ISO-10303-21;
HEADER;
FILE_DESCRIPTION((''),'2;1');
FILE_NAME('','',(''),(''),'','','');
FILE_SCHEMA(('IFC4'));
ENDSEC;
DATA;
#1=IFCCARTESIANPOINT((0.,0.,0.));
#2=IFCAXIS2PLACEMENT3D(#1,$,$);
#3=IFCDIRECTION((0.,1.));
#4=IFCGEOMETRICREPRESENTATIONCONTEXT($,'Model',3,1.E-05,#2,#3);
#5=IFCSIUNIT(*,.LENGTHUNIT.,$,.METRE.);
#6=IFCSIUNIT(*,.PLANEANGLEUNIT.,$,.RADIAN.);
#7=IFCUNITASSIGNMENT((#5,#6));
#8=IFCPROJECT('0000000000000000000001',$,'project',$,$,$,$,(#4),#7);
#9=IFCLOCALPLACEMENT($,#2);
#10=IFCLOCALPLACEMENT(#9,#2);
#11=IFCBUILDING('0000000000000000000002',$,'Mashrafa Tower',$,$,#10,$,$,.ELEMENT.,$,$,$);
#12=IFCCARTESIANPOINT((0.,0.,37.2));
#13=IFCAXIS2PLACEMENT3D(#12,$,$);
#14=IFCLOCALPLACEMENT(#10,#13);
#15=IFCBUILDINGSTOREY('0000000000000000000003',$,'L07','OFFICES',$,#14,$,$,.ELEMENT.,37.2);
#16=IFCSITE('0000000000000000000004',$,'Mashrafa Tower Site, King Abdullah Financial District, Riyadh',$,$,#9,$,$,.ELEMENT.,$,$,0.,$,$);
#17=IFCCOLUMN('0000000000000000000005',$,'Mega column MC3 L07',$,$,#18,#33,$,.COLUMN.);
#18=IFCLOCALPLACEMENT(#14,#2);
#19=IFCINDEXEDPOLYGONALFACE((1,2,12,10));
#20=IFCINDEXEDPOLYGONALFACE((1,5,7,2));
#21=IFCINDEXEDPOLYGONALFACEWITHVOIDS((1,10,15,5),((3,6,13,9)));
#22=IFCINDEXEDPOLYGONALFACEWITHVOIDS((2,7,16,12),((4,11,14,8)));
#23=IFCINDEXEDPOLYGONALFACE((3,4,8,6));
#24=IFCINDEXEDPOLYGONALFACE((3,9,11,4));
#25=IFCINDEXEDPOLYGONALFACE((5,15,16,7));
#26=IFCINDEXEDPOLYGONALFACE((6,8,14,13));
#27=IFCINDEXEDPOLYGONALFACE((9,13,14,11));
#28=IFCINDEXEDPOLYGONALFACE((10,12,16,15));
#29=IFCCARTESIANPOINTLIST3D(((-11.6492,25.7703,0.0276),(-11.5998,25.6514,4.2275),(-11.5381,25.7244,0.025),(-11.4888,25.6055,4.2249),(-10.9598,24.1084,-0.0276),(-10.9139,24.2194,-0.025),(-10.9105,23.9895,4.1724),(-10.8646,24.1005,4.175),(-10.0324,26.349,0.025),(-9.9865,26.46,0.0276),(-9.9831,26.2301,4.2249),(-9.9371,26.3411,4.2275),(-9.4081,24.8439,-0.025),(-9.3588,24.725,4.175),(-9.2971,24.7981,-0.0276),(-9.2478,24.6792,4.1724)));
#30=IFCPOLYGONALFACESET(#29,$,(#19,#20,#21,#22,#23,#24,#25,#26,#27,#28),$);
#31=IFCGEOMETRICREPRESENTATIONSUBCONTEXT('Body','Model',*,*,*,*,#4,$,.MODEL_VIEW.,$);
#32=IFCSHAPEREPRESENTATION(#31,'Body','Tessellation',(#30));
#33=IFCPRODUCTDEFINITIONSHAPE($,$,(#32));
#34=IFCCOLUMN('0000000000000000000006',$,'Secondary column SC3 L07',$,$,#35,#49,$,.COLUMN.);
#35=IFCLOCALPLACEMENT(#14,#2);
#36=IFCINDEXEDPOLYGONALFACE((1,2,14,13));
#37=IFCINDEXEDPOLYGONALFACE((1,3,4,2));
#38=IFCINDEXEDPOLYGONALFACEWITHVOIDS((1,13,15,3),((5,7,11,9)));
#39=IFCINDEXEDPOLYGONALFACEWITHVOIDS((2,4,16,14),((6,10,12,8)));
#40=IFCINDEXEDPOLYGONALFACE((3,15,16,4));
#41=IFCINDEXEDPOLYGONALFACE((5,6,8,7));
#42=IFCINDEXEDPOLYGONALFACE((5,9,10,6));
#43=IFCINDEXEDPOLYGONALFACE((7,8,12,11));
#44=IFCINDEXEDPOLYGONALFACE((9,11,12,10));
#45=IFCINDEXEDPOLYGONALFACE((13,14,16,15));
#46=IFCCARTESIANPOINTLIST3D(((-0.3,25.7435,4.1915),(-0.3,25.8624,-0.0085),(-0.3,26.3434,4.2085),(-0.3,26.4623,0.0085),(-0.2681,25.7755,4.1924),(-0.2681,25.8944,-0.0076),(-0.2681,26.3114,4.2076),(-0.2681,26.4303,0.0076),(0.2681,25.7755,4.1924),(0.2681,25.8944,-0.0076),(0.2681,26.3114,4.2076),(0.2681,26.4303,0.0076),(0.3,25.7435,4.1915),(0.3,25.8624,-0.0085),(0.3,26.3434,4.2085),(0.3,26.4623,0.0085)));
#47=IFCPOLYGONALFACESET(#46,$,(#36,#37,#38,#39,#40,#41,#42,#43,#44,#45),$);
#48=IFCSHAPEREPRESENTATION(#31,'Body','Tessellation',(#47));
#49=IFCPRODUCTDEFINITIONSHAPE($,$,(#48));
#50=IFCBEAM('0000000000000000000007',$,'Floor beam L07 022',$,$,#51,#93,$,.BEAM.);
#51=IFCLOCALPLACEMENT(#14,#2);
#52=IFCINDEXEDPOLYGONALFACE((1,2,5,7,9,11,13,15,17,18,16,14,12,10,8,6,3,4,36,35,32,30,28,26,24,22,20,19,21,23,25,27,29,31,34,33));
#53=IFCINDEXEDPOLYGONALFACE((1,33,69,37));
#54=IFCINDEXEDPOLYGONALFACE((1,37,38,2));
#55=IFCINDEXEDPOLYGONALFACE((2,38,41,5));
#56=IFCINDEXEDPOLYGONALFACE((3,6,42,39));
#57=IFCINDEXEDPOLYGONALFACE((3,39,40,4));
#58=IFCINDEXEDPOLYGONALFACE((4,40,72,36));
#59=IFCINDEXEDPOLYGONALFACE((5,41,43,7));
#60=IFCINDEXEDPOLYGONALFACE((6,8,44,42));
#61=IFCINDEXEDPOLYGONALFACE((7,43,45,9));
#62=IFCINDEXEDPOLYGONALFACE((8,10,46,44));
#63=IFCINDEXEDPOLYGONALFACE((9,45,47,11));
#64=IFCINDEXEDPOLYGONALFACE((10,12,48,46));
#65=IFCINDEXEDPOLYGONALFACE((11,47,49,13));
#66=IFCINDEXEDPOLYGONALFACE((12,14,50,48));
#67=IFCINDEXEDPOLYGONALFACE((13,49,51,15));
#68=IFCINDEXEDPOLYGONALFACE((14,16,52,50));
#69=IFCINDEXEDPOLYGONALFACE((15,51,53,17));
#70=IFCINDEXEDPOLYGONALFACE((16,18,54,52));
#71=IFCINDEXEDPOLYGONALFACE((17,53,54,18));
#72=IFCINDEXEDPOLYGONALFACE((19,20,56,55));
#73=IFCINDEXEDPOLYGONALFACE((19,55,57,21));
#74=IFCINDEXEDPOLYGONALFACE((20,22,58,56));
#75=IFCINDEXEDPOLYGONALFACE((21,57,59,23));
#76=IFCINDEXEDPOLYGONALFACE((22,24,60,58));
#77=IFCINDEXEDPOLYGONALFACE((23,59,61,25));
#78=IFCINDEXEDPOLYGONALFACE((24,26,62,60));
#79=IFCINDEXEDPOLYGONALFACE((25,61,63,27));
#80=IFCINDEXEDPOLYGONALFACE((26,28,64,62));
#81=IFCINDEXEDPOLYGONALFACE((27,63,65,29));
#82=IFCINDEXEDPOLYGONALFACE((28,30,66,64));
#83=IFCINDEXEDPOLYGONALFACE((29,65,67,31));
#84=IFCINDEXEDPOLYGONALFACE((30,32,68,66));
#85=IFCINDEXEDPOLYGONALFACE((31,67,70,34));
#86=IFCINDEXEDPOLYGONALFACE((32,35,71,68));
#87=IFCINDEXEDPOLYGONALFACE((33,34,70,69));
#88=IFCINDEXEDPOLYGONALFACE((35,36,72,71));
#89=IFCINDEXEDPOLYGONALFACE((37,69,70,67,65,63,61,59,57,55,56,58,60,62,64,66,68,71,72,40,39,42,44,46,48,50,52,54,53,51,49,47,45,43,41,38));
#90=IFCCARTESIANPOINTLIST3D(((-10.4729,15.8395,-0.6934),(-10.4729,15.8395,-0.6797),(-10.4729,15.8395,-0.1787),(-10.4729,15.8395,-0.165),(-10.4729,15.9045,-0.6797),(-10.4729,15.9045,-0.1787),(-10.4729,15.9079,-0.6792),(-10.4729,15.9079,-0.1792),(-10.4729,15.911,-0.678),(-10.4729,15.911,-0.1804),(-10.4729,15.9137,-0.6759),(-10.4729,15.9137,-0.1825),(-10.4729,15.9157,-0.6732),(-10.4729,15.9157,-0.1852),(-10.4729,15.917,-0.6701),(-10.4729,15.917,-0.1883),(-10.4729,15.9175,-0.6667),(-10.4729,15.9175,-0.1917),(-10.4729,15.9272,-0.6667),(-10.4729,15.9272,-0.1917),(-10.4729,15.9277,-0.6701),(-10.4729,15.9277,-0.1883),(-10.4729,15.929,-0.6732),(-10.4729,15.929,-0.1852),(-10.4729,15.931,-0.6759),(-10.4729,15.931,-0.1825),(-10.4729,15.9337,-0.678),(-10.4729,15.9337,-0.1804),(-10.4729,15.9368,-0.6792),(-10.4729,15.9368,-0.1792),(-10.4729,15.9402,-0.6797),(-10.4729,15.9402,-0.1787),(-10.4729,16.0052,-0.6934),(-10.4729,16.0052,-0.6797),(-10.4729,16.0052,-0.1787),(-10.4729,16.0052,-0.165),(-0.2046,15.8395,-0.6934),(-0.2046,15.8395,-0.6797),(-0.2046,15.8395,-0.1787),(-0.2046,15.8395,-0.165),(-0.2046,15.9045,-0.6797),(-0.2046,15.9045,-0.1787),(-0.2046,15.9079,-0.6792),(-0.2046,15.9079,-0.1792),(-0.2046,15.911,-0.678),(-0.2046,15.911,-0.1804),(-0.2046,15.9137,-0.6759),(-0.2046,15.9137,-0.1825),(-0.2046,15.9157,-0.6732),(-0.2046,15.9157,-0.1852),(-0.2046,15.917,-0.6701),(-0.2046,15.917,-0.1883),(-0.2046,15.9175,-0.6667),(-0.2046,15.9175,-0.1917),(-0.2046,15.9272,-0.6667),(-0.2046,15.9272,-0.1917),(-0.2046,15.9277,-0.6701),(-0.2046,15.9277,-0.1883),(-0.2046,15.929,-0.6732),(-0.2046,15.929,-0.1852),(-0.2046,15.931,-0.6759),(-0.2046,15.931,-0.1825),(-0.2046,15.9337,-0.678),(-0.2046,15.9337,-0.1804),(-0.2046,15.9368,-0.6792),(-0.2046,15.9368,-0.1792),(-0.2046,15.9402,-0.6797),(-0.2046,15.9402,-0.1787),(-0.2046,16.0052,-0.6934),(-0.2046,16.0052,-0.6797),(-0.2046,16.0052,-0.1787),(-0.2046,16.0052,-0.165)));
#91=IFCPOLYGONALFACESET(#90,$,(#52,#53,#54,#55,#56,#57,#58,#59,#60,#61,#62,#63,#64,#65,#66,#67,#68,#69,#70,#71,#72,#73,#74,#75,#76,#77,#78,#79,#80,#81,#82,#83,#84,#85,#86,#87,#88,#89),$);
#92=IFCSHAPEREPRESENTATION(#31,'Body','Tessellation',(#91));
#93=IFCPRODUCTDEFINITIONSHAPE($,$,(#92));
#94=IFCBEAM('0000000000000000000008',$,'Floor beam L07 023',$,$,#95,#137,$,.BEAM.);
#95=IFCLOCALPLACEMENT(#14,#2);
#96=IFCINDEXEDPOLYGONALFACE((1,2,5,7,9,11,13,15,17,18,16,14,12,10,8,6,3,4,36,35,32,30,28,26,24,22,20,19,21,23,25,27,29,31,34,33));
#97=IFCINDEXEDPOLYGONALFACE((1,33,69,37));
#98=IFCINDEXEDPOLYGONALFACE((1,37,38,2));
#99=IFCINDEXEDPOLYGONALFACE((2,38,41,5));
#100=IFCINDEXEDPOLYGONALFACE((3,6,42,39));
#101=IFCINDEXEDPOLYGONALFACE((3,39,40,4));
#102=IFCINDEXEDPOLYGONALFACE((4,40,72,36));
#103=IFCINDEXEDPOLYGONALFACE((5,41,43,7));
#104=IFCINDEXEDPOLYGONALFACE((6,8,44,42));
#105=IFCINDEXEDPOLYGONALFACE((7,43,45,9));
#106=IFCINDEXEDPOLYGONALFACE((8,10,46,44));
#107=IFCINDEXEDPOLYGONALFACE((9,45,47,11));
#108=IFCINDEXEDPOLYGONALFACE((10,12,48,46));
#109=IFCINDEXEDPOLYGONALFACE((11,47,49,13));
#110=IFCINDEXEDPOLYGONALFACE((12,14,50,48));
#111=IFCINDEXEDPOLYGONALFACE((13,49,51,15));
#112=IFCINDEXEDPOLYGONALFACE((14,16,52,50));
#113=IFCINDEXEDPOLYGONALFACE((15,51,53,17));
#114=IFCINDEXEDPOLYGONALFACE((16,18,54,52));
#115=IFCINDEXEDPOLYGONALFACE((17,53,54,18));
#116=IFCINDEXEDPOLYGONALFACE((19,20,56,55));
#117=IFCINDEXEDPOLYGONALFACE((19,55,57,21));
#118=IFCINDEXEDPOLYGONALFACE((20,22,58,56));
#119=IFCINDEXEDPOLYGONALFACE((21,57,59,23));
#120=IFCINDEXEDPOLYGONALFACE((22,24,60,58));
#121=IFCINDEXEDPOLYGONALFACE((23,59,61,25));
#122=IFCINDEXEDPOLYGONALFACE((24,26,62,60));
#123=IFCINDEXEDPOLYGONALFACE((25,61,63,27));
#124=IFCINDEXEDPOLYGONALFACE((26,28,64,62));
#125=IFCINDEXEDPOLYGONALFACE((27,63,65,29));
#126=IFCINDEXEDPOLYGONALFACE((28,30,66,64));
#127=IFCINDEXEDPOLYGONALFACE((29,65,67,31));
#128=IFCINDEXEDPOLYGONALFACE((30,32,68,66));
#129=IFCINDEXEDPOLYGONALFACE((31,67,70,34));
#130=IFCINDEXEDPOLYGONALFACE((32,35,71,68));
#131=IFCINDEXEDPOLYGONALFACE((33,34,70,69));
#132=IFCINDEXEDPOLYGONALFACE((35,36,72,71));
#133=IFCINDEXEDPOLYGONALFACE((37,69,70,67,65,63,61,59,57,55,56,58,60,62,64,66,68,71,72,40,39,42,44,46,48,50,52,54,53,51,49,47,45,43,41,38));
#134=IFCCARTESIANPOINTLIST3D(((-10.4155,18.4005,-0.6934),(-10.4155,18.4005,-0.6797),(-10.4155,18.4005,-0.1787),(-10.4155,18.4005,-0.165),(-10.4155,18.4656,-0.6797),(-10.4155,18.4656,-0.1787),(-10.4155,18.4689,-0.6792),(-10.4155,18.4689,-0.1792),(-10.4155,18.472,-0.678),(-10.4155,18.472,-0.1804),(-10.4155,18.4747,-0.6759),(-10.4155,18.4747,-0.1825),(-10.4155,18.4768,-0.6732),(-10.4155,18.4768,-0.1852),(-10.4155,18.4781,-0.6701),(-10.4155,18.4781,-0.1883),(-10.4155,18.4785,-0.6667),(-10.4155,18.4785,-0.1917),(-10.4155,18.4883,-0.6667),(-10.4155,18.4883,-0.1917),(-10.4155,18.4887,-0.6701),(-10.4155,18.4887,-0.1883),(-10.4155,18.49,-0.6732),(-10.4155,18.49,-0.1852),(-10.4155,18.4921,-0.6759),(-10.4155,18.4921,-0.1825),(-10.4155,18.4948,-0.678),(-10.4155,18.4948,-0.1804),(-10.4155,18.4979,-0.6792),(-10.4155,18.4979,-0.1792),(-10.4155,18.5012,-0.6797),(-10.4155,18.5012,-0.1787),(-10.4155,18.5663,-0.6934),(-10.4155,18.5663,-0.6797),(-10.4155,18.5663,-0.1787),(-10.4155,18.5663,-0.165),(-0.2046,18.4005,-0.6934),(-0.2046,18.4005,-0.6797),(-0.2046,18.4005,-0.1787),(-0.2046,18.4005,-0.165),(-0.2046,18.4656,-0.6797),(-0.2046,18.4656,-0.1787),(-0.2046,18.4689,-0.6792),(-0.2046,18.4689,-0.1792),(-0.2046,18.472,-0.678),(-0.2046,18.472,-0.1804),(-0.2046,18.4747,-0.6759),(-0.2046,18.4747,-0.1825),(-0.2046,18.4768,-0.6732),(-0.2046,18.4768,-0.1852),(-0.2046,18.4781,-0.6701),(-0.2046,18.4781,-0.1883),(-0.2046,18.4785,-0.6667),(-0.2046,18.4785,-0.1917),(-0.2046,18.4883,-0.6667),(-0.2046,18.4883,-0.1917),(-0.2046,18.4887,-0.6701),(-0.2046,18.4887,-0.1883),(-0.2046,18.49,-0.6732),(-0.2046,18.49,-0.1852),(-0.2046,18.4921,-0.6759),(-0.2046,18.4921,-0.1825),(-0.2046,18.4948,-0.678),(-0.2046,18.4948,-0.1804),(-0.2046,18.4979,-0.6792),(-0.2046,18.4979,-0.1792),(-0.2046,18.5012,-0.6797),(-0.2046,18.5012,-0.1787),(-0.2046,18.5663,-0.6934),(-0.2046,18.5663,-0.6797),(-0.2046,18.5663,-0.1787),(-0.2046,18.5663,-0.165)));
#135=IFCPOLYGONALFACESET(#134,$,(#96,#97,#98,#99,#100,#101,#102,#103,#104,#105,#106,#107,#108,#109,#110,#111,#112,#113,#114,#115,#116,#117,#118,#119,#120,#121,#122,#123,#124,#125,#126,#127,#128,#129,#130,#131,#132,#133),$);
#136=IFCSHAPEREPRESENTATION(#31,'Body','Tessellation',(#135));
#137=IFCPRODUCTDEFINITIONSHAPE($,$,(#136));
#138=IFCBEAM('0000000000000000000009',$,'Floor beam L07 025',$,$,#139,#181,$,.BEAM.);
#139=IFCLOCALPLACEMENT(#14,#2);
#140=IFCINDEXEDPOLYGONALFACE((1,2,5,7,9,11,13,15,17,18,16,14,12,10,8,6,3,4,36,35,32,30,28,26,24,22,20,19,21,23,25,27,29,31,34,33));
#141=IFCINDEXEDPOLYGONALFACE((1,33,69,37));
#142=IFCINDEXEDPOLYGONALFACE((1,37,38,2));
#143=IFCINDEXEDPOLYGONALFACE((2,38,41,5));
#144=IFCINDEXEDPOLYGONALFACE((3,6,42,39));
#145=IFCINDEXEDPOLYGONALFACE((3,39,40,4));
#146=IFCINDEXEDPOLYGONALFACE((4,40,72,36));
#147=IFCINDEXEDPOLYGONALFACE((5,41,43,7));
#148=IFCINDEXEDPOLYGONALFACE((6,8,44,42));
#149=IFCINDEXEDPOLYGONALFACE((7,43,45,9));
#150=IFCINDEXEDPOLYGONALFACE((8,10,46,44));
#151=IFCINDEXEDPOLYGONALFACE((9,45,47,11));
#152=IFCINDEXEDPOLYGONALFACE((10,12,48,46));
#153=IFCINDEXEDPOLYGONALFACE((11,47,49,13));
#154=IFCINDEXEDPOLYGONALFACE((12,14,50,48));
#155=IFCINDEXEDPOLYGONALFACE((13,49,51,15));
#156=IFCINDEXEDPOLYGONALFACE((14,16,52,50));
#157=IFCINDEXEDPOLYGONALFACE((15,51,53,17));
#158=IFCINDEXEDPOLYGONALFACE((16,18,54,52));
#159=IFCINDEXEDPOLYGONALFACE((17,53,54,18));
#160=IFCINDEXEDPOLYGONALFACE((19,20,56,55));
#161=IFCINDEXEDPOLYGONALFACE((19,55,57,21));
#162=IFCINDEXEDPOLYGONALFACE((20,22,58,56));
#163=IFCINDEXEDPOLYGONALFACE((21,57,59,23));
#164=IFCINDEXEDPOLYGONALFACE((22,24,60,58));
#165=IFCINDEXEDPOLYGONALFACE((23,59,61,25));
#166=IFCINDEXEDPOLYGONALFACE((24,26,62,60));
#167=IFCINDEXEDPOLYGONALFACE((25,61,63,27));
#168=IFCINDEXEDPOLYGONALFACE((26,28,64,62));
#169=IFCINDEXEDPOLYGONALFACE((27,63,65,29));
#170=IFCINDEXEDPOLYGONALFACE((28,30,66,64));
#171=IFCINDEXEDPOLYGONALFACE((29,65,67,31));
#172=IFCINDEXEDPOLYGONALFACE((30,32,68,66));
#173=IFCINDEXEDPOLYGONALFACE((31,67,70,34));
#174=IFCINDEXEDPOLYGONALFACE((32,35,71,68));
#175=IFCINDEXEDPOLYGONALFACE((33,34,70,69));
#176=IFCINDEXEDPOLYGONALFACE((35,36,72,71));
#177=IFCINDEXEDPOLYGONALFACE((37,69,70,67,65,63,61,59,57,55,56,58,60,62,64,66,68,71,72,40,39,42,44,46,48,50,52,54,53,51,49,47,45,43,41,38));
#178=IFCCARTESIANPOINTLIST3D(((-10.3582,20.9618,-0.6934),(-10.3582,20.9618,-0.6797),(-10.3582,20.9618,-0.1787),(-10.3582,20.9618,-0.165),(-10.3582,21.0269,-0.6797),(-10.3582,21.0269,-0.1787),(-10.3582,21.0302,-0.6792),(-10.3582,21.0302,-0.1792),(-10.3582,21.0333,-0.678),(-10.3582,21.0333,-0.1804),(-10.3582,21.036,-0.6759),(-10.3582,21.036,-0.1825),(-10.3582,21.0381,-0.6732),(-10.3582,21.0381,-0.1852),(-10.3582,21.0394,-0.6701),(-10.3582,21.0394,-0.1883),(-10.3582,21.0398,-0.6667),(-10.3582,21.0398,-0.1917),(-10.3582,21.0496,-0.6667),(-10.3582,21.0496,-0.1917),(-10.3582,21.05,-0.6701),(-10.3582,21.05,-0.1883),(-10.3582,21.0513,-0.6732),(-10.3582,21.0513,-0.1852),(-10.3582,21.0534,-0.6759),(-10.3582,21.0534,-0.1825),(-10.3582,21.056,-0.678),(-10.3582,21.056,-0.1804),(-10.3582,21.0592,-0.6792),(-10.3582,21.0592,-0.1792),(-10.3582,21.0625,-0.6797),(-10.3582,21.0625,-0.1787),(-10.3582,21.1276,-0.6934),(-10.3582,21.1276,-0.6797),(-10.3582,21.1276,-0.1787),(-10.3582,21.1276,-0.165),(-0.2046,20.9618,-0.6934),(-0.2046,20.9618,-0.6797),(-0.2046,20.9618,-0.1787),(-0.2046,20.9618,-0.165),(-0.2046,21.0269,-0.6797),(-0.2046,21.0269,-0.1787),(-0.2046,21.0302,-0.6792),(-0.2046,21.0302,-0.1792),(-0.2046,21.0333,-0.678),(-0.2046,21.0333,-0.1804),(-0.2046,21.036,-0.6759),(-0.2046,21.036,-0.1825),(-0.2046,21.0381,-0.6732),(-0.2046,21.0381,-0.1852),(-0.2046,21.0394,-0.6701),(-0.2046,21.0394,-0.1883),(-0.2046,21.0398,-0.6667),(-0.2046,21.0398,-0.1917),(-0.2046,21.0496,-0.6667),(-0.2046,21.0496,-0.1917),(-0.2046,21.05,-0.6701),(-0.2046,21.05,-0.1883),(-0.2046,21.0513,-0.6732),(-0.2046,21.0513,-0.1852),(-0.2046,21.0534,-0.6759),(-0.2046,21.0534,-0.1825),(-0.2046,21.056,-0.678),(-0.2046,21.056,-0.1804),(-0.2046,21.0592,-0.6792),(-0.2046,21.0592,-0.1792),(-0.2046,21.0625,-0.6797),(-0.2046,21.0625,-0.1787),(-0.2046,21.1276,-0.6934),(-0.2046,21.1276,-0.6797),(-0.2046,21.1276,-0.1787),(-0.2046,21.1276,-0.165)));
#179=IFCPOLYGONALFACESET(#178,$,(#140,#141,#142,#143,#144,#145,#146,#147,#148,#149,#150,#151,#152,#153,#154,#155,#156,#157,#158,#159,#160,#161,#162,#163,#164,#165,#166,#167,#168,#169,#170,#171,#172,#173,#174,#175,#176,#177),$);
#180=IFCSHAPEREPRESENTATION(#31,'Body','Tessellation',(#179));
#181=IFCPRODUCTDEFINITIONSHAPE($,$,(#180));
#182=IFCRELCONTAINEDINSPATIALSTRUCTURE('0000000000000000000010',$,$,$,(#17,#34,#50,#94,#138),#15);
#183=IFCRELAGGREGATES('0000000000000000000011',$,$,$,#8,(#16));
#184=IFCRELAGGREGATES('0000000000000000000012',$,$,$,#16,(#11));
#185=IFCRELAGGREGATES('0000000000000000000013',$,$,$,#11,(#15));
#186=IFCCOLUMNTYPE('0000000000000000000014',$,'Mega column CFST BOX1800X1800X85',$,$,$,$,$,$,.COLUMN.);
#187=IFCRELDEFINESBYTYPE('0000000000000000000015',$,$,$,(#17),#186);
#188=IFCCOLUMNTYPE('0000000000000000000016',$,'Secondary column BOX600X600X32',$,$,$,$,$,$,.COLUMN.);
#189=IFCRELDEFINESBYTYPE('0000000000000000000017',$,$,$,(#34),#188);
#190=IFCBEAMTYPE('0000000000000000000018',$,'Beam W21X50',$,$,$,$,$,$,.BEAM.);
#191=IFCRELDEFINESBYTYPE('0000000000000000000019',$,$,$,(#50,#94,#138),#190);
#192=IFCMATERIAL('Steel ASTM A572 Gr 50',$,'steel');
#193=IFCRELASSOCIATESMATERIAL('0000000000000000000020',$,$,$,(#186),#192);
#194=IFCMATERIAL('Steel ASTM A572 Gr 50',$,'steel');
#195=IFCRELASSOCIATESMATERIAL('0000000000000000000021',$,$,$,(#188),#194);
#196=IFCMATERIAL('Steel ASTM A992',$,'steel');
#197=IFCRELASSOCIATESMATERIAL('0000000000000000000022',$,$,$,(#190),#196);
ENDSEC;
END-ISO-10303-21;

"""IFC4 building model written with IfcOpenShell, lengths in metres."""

from ifc_helpers import new_model, si_unit, direction, frame, origin, origin_2d, place, context, subcontext, project, spatial, hollow_rectangle, i_section, extrude, material, material_profile, profile_set, type_object, element, save


model = new_model("IFC4")

# Units and contexts
model_context = context("Model", 3, precision=1e-05, world=origin(), true_north=direction((0.0, 1.0)))
body_context = subcontext(model_context, "Body", "Model", "MODEL_VIEW")
ifc_project = project(units=[si_unit("LENGTHUNIT", "METRE"), si_unit("PLANEANGLEUNIT", "RADIAN")], contexts=[model_context])

# Site, building, storey
site_placement = place(None, origin())
site = spatial("IfcSite", under=ifc_project, at=site_placement, Name="Mashrafa Tower Site, King Abdullah Financial District, Riyadh", CompositionType="ELEMENT", RefElevation=0.0)
building_placement = place(site_placement, origin())
building = spatial("IfcBuilding", under=site, at=building_placement, Name="Mashrafa Tower", CompositionType="ELEMENT")
storey_placement = place(building_placement, frame((0.0, 0.0, 37.2)))
storey = spatial("IfcBuildingStorey", under=building, at=storey_placement, Name="L07", Description="OFFICES", CompositionType="ELEMENT", Elevation=37.2)

# Columns
ifc_material_1 = material(Name="Steel ASTM A572 Gr 50", Category="steel")
ifc_material_profile_1 = material_profile(ifc_material_1, hollow_rectangle(XDim=1.8, YDim=1.8, WallThickness=0.085, at=origin_2d()), Name="BOX1800X1800X85")
ifc_profile_set_1 = profile_set([ifc_material_profile_1], Name="Steel ASTM A572 Gr 50")
column_type_1 = type_object("IfcColumnType", Name="Mega column CFST BOX1800X1800X85", PredefinedType="COLUMN", material=ifc_profile_set_1)
column_1_placement = place(storey_placement, frame((-10.4731, 25.2842, 0.0), z_axis=(0.011737, -0.028296, 0.999531), x_axis=(0.923693, 0.383133, 0.0)))
element("IfcColumn", 1, at=column_1_placement, inside=storey, type_object=column_type_1, Name="Mega column MC3 L07", PredefinedType="COLUMN", context=body_context, shape_type="SweptSolid", body=[
    extrude(hollow_rectangle(XDim=1.8, YDim=1.8, WallThickness=0.085, at=origin_2d()), origin(), (0.0, 0.0, 1.0), 4.2019),
])
ifc_material_2 = material(Name="Steel ASTM A572 Gr 50", Category="steel")
ifc_material_profile_2 = material_profile(ifc_material_2, hollow_rectangle(XDim=0.6001, YDim=0.6001, WallThickness=0.032, at=origin_2d()), Name="BOX600X600X32")
ifc_profile_set_2 = profile_set([ifc_material_profile_2], Name="Steel ASTM A572 Gr 50")
column_type_2 = type_object("IfcColumnType", Name="Secondary column BOX600X600X32", PredefinedType="COLUMN", material=ifc_profile_set_2)
column_2_placement = place(storey_placement, frame((0.0, 26.1624, 0.0), z_axis=(0.0, -0.028298, 0.9996), x_axis=(1.0, 0.0, 0.0)))
element("IfcColumn", 2, at=column_2_placement, inside=storey, type_object=column_type_2, Name="Secondary column SC3 L07", PredefinedType="COLUMN", context=body_context, shape_type="SweptSolid", body=[
    extrude(hollow_rectangle(XDim=0.6001, YDim=0.6001, WallThickness=0.032, at=origin_2d()), origin(), (0.0, 0.0, 1.0), 4.2017),
])

# Beams
ifc_material_3 = material(Name="Steel ASTM A992", Category="steel")
ifc_material_profile_3 = material_profile(ifc_material_3, i_section(OverallWidth=0.1658, OverallDepth=0.5283, WebThickness=0.0098, FlangeThickness=0.0137, FilletRadius=0.0129, at=origin_2d()), Name="W21X50")
ifc_profile_set_3 = profile_set([ifc_material_profile_3], Name="Steel ASTM A992")
beam_type_1 = type_object("IfcBeamType", Name="Beam W21X50", PredefinedType="BEAM", material=ifc_profile_set_3)
beam_1_placement = place(storey_placement, frame((-10.4729, 15.9224, -0.4292), z_axis=(1.0, 0.0, 0.0), x_axis=(0.0, 1.0, 0.0)))
element("IfcBeam", 3, at=beam_1_placement, inside=storey, type_object=beam_type_1, Name="Floor beam L07 022", PredefinedType="BEAM", context=body_context, shape_type="SweptSolid", body=[
    extrude(i_section(OverallWidth=0.1658, OverallDepth=0.5283, WebThickness=0.0098, FlangeThickness=0.0137, FilletRadius=0.0129, at=origin_2d()), origin(), (0.0, 0.0, 1.0), 10.2683),
])
beam_2_placement = place(storey_placement, frame((-10.4155, 18.4834, -0.4292), z_axis=(1.0, 0.0, 0.0), x_axis=(0.0, 1.0, 0.0)))
element("IfcBeam", 4, at=beam_2_placement, inside=storey, type_object=beam_type_1, Name="Floor beam L07 023", PredefinedType="BEAM", context=body_context, shape_type="SweptSolid", body=[
    extrude(i_section(OverallWidth=0.1658, OverallDepth=0.5283, WebThickness=0.0098, FlangeThickness=0.0137, FilletRadius=0.0129, at=origin_2d()), origin(), (0.0, 0.0, 1.0), 10.2109),
])
beam_3_placement = place(storey_placement, frame((-10.3582, 21.0447, -0.4292), z_axis=(1.0, 0.0, 0.0), x_axis=(0.0, 1.0, 0.0)))
element("IfcBeam", 5, at=beam_3_placement, inside=storey, type_object=beam_type_1, Name="Floor beam L07 025", PredefinedType="BEAM", context=body_context, shape_type="SweptSolid", body=[
    extrude(i_section(OverallWidth=0.1658, OverallDepth=0.5283, WebThickness=0.0098, FlangeThickness=0.0137, FilletRadius=0.0129, at=origin_2d()), origin(), (0.0, 0.0, 1.0), 10.1536),
])

save(model, "model.ifc")
